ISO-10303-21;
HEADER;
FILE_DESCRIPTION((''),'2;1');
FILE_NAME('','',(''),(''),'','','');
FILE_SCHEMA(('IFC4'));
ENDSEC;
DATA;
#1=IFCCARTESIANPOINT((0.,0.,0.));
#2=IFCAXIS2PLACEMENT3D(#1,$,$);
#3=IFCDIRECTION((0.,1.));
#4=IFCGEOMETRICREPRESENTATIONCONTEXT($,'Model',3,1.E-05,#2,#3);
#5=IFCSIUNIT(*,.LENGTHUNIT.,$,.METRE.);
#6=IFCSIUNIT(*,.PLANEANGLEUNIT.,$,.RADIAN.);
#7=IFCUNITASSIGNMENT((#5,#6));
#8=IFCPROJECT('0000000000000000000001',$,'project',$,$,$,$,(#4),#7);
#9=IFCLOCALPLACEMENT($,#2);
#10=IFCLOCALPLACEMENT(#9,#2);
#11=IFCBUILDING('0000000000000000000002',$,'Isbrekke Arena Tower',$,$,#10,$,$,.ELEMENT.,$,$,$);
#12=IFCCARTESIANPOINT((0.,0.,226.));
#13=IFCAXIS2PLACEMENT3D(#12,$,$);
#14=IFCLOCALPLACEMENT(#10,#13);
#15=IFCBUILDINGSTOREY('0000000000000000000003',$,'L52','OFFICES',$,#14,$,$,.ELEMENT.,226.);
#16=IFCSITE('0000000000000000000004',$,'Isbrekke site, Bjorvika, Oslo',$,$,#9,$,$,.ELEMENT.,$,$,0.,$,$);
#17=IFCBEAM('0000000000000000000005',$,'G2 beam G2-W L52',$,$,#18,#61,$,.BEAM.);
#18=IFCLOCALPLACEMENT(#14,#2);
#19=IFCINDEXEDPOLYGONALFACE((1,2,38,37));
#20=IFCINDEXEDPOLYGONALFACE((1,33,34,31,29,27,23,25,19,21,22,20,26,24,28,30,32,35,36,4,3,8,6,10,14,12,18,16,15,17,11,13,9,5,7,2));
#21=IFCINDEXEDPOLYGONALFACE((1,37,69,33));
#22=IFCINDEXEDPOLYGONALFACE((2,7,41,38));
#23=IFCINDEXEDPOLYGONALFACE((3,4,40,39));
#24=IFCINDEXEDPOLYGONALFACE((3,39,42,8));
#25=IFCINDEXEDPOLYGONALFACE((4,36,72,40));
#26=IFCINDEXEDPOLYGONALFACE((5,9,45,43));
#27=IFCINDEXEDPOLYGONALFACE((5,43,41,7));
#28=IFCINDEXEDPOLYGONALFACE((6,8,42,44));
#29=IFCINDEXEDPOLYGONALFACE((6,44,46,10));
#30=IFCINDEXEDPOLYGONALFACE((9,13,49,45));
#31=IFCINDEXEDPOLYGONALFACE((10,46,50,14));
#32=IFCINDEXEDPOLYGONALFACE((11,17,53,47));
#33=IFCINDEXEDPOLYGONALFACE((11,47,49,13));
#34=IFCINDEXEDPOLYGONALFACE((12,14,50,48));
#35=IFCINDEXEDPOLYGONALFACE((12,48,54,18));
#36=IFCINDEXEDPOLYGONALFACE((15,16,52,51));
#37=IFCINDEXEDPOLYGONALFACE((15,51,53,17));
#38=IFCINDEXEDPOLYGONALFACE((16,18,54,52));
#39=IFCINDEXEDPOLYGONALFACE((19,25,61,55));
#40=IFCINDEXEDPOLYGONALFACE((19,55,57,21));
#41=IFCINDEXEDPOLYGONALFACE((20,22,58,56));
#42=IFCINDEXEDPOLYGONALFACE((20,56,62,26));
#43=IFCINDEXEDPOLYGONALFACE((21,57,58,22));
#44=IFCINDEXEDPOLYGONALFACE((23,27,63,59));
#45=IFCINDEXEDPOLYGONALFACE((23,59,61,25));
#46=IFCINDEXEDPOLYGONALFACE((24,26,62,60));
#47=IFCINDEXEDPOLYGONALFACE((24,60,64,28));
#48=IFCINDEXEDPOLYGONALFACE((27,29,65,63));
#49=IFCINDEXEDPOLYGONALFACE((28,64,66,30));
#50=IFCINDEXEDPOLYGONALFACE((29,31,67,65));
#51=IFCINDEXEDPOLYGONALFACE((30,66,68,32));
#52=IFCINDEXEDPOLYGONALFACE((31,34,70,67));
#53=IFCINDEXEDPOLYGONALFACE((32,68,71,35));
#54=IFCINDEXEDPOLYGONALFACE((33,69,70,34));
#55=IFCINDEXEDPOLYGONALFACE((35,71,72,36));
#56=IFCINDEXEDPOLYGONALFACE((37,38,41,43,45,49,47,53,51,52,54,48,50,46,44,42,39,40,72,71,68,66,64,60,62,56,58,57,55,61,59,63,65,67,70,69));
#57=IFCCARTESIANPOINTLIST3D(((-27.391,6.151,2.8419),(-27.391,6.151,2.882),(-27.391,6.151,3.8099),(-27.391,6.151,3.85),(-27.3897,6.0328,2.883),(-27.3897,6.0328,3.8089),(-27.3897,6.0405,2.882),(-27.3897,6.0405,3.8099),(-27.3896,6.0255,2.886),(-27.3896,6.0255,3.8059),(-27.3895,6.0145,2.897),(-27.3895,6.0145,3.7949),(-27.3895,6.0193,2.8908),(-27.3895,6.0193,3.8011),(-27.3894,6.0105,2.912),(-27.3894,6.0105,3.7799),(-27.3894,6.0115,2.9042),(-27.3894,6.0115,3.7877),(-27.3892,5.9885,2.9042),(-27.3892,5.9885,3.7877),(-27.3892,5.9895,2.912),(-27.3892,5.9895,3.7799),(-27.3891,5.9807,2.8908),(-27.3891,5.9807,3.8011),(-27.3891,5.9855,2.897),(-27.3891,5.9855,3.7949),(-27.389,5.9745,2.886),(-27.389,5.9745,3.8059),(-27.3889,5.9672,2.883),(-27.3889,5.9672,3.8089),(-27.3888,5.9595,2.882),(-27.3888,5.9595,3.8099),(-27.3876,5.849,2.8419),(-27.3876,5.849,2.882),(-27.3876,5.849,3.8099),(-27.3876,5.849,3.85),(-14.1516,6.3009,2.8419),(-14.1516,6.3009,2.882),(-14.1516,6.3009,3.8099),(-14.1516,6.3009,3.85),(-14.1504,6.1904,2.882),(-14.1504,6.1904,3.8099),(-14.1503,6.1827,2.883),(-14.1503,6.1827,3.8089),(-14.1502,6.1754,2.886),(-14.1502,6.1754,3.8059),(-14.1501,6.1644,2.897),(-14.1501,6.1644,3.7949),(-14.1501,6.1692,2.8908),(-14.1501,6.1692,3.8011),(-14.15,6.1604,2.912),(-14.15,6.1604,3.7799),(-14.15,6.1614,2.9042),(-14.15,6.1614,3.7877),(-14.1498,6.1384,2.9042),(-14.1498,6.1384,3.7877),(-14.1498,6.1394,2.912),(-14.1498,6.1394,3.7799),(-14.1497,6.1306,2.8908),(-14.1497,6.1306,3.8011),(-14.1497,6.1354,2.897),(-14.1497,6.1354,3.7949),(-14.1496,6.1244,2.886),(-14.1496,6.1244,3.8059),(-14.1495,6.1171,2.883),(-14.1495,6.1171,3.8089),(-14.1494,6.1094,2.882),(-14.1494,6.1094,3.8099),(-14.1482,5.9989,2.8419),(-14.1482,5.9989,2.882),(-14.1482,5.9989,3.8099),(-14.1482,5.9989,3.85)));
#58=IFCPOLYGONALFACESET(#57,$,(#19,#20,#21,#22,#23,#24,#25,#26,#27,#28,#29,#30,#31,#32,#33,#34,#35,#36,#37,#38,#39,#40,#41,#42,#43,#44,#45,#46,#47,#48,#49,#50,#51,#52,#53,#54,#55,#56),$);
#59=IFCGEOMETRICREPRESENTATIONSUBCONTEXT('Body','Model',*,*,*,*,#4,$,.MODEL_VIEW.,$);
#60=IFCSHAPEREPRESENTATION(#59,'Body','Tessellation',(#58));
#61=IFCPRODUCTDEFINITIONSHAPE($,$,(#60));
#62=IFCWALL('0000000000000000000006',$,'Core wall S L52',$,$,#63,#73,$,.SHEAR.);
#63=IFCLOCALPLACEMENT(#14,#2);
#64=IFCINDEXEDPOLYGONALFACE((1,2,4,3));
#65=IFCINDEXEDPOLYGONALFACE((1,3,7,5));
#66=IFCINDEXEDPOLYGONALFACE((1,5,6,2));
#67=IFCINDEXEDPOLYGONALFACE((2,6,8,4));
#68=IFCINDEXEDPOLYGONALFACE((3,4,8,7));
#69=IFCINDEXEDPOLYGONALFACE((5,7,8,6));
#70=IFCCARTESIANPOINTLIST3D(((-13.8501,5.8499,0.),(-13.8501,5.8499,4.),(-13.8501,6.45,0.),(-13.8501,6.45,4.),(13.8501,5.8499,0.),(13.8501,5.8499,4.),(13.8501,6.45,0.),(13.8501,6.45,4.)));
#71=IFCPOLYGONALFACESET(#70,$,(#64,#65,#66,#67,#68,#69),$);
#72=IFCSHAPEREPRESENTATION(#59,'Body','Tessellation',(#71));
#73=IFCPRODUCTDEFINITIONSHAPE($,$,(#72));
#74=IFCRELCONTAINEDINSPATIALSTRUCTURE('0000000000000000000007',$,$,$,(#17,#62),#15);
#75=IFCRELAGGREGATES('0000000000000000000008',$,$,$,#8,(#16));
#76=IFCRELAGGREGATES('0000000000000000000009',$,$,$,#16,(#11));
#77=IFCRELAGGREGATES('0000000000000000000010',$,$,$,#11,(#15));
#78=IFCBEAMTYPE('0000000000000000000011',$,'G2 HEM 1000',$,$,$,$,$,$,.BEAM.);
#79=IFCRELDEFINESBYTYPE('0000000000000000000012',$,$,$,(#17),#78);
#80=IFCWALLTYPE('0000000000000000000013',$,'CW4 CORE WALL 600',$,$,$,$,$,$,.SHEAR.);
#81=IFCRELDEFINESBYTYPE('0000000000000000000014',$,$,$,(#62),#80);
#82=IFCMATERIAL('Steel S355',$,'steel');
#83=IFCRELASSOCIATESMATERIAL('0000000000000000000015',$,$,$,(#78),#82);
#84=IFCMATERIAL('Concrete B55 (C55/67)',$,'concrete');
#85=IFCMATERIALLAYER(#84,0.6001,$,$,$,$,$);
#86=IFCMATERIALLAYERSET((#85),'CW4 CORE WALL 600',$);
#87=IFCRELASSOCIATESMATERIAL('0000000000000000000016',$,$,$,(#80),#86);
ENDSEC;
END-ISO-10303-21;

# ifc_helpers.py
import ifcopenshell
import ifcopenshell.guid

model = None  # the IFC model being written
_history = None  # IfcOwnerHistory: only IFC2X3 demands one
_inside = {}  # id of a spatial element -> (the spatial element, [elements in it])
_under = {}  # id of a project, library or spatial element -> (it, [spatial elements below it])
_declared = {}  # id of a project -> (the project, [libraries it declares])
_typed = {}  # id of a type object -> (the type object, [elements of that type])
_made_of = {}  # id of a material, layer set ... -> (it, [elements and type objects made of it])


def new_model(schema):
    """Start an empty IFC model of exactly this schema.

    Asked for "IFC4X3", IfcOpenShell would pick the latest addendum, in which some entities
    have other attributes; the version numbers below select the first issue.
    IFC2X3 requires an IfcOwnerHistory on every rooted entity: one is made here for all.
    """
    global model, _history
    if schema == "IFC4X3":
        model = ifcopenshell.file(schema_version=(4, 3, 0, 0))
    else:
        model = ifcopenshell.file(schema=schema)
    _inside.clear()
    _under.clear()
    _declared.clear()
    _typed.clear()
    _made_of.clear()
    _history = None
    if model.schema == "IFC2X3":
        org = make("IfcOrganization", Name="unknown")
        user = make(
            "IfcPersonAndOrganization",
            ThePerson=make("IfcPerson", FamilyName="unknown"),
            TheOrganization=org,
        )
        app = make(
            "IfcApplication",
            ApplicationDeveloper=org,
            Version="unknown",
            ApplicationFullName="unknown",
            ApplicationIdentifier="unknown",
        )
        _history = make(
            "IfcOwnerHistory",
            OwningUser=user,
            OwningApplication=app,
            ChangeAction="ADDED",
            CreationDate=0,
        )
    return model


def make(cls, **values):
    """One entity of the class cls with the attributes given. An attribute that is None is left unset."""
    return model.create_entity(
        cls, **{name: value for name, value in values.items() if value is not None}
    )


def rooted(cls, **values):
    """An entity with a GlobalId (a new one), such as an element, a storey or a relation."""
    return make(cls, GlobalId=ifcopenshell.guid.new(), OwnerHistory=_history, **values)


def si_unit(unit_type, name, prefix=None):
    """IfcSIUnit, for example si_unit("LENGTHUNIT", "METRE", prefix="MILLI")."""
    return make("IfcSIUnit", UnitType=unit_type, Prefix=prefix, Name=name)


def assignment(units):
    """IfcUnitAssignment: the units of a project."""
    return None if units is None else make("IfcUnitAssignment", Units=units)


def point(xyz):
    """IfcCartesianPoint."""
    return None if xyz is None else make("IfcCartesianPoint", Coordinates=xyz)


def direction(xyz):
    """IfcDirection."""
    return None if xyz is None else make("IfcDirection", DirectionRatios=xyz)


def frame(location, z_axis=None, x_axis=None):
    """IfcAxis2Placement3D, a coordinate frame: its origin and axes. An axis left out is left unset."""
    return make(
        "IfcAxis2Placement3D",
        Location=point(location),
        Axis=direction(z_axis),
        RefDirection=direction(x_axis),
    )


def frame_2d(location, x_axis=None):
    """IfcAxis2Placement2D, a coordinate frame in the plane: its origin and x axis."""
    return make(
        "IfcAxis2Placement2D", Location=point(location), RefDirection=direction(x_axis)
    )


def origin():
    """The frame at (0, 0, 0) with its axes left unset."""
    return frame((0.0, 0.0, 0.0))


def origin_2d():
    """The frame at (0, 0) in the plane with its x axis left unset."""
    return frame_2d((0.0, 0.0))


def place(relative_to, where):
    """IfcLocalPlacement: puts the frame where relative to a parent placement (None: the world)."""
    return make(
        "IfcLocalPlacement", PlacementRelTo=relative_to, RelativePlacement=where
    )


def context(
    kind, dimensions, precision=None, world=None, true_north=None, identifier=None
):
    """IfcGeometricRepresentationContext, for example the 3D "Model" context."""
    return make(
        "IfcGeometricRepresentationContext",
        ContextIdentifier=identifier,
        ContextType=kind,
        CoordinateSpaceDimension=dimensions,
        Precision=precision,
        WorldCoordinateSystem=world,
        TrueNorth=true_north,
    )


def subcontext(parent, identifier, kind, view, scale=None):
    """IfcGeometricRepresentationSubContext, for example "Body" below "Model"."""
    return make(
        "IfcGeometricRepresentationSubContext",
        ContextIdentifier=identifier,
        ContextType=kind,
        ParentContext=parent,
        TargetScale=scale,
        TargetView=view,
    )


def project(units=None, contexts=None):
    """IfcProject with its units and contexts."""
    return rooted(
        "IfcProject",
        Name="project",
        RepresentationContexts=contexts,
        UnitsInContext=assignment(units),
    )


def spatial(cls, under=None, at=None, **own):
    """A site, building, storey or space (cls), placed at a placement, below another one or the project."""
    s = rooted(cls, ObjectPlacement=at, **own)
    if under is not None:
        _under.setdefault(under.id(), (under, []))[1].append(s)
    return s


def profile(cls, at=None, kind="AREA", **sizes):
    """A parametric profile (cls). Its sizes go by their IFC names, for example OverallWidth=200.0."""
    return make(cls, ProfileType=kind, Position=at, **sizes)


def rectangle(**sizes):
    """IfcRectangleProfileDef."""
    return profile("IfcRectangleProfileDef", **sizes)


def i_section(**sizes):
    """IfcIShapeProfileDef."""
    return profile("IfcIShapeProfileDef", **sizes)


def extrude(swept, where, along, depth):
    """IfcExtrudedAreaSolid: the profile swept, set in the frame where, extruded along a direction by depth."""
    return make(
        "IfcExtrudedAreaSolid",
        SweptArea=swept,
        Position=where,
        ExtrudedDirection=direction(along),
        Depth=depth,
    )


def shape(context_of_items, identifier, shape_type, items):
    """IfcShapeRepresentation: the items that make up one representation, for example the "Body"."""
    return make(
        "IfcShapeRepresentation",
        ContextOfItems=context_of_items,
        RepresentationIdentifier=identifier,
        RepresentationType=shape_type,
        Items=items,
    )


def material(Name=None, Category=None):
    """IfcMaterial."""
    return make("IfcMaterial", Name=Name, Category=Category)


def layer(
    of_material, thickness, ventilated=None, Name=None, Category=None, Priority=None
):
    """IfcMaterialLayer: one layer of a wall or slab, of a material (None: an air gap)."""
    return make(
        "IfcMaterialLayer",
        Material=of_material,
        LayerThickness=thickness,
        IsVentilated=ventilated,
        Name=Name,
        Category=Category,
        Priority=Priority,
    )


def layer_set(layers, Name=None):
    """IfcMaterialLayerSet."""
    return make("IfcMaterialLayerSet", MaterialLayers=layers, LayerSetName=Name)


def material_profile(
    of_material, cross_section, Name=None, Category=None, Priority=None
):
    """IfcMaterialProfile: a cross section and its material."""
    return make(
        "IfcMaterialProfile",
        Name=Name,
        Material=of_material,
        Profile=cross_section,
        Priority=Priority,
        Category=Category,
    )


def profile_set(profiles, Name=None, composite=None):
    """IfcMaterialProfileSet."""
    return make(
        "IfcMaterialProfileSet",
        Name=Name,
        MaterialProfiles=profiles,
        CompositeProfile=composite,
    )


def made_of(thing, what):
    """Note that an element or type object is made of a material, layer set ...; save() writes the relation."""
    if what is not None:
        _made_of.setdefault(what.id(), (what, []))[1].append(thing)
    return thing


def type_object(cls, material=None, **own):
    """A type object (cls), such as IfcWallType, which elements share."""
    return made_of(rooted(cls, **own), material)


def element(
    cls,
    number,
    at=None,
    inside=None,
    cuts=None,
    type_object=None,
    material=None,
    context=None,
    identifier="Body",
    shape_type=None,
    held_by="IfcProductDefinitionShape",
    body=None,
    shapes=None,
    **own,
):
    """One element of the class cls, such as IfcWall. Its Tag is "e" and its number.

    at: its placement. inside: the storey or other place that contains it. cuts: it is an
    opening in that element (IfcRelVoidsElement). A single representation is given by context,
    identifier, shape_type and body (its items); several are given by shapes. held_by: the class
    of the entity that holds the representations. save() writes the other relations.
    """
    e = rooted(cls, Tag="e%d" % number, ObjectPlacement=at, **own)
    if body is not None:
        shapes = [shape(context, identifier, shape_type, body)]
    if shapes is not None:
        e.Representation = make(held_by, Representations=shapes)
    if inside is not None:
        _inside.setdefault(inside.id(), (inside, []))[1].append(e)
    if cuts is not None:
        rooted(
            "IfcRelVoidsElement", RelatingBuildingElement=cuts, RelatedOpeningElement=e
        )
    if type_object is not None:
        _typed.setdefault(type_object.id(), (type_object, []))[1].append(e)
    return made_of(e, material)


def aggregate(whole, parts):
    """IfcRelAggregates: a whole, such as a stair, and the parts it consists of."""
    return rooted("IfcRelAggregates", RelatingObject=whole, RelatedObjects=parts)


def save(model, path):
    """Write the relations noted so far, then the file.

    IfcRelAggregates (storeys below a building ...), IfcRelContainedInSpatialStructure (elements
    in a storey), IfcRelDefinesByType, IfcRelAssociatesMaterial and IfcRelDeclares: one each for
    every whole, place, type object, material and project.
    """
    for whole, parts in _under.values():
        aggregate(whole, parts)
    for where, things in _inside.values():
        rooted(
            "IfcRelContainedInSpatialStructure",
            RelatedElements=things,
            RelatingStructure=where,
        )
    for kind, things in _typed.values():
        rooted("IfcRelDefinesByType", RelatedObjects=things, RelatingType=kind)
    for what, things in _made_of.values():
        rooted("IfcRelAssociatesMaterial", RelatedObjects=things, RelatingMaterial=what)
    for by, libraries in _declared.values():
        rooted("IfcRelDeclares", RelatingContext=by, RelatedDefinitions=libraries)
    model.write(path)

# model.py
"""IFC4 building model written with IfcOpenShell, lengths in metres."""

from ifc_helpers import new_model, si_unit, direction, frame, frame_2d, origin, origin_2d, place, context, subcontext, project, spatial, rectangle, i_section, extrude, material, layer, layer_set, material_profile, profile_set, type_object, element, save


model = new_model("IFC4")

# Units and contexts
model_context = context("Model", 3, precision=1e-05, world=origin(), true_north=direction((0.0, 1.0)))
body_context = subcontext(model_context, "Body", "Model", "MODEL_VIEW")
ifc_project = project(units=[si_unit("LENGTHUNIT", "METRE"), si_unit("PLANEANGLEUNIT", "RADIAN")], contexts=[model_context])

# Site, building, storey
site_placement = place(None, origin())
site = spatial("IfcSite", under=ifc_project, at=site_placement, Name="Isbrekke site, Bjorvika, Oslo", CompositionType="ELEMENT", RefElevation=0.0)
building_placement = place(site_placement, origin())
building = spatial("IfcBuilding", under=site, at=building_placement, Name="Isbrekke Arena Tower", CompositionType="ELEMENT")
storey_placement = place(building_placement, frame((0.0, 0.0, 226.0)))
storey = spatial("IfcBuildingStorey", under=building, at=storey_placement, Name="L52", Description="OFFICES", CompositionType="ELEMENT", Elevation=226.0)

# Beam
ifc_material_1 = material(Name="Steel S355", Category="steel")
ifc_material_profile = material_profile(ifc_material_1, i_section(OverallWidth=0.302, OverallDepth=1.0081, WebThickness=0.021, FlangeThickness=0.04, FilletRadius=0.03, at=origin_2d()), Name="HEM 1000")
ifc_profile_set = profile_set([ifc_material_profile], Name="Steel S355")
beam_type = type_object("IfcBeamType", Name="G2 HEM 1000", PredefinedType="BEAM", material=ifc_profile_set)
beam_placement = place(storey_placement, frame((-14.1499, 6.1499, 3.3459), z_axis=(-0.999936, -0.011322, 0.0), x_axis=(0.011322, -0.999936, 0.0)))
element("IfcBeam", 1, at=beam_placement, inside=storey, type_object=beam_type, Name="G2 beam G2-W L52", PredefinedType="BEAM", context=body_context, shape_type="SweptSolid", body=[
    extrude(i_section(OverallWidth=0.302, OverallDepth=1.0081, WebThickness=0.021, FlangeThickness=0.04, FilletRadius=0.03, at=origin_2d()), origin(), (0.0, 0.0, 1.0), 13.2402),
])

# Wall
ifc_material_2 = material(Name="Concrete B55 (C55/67)", Category="concrete")
ifc_layer_1 = layer(ifc_material_2, 0.6001)
ifc_layer_set_1 = layer_set([ifc_layer_1], Name="CW4 CORE WALL 600")
wall_type_1 = type_object("IfcWallType", Name="CW4 CORE WALL 600", PredefinedType="SHEAR", material=ifc_layer_set_1)
wall_1_placement = place(storey_placement, frame((-13.8501, 6.1499, 0.0), z_axis=(0.0, 0.0, 1.0), x_axis=(1.0, 0.0, 0.0)))
element("IfcWall", 2, at=wall_1_placement, inside=storey, type_object=wall_type_1, Name="Core wall S L52", PredefinedType="SHEAR", context=body_context, shape_type="SweptSolid", body=[
    extrude(rectangle(XDim=27.7002, YDim=0.6001, at=frame_2d((13.8501, 0.0))), origin(), (0.0, 0.0, 1.0), 4.0),
])

save(model, "model.ifc")
